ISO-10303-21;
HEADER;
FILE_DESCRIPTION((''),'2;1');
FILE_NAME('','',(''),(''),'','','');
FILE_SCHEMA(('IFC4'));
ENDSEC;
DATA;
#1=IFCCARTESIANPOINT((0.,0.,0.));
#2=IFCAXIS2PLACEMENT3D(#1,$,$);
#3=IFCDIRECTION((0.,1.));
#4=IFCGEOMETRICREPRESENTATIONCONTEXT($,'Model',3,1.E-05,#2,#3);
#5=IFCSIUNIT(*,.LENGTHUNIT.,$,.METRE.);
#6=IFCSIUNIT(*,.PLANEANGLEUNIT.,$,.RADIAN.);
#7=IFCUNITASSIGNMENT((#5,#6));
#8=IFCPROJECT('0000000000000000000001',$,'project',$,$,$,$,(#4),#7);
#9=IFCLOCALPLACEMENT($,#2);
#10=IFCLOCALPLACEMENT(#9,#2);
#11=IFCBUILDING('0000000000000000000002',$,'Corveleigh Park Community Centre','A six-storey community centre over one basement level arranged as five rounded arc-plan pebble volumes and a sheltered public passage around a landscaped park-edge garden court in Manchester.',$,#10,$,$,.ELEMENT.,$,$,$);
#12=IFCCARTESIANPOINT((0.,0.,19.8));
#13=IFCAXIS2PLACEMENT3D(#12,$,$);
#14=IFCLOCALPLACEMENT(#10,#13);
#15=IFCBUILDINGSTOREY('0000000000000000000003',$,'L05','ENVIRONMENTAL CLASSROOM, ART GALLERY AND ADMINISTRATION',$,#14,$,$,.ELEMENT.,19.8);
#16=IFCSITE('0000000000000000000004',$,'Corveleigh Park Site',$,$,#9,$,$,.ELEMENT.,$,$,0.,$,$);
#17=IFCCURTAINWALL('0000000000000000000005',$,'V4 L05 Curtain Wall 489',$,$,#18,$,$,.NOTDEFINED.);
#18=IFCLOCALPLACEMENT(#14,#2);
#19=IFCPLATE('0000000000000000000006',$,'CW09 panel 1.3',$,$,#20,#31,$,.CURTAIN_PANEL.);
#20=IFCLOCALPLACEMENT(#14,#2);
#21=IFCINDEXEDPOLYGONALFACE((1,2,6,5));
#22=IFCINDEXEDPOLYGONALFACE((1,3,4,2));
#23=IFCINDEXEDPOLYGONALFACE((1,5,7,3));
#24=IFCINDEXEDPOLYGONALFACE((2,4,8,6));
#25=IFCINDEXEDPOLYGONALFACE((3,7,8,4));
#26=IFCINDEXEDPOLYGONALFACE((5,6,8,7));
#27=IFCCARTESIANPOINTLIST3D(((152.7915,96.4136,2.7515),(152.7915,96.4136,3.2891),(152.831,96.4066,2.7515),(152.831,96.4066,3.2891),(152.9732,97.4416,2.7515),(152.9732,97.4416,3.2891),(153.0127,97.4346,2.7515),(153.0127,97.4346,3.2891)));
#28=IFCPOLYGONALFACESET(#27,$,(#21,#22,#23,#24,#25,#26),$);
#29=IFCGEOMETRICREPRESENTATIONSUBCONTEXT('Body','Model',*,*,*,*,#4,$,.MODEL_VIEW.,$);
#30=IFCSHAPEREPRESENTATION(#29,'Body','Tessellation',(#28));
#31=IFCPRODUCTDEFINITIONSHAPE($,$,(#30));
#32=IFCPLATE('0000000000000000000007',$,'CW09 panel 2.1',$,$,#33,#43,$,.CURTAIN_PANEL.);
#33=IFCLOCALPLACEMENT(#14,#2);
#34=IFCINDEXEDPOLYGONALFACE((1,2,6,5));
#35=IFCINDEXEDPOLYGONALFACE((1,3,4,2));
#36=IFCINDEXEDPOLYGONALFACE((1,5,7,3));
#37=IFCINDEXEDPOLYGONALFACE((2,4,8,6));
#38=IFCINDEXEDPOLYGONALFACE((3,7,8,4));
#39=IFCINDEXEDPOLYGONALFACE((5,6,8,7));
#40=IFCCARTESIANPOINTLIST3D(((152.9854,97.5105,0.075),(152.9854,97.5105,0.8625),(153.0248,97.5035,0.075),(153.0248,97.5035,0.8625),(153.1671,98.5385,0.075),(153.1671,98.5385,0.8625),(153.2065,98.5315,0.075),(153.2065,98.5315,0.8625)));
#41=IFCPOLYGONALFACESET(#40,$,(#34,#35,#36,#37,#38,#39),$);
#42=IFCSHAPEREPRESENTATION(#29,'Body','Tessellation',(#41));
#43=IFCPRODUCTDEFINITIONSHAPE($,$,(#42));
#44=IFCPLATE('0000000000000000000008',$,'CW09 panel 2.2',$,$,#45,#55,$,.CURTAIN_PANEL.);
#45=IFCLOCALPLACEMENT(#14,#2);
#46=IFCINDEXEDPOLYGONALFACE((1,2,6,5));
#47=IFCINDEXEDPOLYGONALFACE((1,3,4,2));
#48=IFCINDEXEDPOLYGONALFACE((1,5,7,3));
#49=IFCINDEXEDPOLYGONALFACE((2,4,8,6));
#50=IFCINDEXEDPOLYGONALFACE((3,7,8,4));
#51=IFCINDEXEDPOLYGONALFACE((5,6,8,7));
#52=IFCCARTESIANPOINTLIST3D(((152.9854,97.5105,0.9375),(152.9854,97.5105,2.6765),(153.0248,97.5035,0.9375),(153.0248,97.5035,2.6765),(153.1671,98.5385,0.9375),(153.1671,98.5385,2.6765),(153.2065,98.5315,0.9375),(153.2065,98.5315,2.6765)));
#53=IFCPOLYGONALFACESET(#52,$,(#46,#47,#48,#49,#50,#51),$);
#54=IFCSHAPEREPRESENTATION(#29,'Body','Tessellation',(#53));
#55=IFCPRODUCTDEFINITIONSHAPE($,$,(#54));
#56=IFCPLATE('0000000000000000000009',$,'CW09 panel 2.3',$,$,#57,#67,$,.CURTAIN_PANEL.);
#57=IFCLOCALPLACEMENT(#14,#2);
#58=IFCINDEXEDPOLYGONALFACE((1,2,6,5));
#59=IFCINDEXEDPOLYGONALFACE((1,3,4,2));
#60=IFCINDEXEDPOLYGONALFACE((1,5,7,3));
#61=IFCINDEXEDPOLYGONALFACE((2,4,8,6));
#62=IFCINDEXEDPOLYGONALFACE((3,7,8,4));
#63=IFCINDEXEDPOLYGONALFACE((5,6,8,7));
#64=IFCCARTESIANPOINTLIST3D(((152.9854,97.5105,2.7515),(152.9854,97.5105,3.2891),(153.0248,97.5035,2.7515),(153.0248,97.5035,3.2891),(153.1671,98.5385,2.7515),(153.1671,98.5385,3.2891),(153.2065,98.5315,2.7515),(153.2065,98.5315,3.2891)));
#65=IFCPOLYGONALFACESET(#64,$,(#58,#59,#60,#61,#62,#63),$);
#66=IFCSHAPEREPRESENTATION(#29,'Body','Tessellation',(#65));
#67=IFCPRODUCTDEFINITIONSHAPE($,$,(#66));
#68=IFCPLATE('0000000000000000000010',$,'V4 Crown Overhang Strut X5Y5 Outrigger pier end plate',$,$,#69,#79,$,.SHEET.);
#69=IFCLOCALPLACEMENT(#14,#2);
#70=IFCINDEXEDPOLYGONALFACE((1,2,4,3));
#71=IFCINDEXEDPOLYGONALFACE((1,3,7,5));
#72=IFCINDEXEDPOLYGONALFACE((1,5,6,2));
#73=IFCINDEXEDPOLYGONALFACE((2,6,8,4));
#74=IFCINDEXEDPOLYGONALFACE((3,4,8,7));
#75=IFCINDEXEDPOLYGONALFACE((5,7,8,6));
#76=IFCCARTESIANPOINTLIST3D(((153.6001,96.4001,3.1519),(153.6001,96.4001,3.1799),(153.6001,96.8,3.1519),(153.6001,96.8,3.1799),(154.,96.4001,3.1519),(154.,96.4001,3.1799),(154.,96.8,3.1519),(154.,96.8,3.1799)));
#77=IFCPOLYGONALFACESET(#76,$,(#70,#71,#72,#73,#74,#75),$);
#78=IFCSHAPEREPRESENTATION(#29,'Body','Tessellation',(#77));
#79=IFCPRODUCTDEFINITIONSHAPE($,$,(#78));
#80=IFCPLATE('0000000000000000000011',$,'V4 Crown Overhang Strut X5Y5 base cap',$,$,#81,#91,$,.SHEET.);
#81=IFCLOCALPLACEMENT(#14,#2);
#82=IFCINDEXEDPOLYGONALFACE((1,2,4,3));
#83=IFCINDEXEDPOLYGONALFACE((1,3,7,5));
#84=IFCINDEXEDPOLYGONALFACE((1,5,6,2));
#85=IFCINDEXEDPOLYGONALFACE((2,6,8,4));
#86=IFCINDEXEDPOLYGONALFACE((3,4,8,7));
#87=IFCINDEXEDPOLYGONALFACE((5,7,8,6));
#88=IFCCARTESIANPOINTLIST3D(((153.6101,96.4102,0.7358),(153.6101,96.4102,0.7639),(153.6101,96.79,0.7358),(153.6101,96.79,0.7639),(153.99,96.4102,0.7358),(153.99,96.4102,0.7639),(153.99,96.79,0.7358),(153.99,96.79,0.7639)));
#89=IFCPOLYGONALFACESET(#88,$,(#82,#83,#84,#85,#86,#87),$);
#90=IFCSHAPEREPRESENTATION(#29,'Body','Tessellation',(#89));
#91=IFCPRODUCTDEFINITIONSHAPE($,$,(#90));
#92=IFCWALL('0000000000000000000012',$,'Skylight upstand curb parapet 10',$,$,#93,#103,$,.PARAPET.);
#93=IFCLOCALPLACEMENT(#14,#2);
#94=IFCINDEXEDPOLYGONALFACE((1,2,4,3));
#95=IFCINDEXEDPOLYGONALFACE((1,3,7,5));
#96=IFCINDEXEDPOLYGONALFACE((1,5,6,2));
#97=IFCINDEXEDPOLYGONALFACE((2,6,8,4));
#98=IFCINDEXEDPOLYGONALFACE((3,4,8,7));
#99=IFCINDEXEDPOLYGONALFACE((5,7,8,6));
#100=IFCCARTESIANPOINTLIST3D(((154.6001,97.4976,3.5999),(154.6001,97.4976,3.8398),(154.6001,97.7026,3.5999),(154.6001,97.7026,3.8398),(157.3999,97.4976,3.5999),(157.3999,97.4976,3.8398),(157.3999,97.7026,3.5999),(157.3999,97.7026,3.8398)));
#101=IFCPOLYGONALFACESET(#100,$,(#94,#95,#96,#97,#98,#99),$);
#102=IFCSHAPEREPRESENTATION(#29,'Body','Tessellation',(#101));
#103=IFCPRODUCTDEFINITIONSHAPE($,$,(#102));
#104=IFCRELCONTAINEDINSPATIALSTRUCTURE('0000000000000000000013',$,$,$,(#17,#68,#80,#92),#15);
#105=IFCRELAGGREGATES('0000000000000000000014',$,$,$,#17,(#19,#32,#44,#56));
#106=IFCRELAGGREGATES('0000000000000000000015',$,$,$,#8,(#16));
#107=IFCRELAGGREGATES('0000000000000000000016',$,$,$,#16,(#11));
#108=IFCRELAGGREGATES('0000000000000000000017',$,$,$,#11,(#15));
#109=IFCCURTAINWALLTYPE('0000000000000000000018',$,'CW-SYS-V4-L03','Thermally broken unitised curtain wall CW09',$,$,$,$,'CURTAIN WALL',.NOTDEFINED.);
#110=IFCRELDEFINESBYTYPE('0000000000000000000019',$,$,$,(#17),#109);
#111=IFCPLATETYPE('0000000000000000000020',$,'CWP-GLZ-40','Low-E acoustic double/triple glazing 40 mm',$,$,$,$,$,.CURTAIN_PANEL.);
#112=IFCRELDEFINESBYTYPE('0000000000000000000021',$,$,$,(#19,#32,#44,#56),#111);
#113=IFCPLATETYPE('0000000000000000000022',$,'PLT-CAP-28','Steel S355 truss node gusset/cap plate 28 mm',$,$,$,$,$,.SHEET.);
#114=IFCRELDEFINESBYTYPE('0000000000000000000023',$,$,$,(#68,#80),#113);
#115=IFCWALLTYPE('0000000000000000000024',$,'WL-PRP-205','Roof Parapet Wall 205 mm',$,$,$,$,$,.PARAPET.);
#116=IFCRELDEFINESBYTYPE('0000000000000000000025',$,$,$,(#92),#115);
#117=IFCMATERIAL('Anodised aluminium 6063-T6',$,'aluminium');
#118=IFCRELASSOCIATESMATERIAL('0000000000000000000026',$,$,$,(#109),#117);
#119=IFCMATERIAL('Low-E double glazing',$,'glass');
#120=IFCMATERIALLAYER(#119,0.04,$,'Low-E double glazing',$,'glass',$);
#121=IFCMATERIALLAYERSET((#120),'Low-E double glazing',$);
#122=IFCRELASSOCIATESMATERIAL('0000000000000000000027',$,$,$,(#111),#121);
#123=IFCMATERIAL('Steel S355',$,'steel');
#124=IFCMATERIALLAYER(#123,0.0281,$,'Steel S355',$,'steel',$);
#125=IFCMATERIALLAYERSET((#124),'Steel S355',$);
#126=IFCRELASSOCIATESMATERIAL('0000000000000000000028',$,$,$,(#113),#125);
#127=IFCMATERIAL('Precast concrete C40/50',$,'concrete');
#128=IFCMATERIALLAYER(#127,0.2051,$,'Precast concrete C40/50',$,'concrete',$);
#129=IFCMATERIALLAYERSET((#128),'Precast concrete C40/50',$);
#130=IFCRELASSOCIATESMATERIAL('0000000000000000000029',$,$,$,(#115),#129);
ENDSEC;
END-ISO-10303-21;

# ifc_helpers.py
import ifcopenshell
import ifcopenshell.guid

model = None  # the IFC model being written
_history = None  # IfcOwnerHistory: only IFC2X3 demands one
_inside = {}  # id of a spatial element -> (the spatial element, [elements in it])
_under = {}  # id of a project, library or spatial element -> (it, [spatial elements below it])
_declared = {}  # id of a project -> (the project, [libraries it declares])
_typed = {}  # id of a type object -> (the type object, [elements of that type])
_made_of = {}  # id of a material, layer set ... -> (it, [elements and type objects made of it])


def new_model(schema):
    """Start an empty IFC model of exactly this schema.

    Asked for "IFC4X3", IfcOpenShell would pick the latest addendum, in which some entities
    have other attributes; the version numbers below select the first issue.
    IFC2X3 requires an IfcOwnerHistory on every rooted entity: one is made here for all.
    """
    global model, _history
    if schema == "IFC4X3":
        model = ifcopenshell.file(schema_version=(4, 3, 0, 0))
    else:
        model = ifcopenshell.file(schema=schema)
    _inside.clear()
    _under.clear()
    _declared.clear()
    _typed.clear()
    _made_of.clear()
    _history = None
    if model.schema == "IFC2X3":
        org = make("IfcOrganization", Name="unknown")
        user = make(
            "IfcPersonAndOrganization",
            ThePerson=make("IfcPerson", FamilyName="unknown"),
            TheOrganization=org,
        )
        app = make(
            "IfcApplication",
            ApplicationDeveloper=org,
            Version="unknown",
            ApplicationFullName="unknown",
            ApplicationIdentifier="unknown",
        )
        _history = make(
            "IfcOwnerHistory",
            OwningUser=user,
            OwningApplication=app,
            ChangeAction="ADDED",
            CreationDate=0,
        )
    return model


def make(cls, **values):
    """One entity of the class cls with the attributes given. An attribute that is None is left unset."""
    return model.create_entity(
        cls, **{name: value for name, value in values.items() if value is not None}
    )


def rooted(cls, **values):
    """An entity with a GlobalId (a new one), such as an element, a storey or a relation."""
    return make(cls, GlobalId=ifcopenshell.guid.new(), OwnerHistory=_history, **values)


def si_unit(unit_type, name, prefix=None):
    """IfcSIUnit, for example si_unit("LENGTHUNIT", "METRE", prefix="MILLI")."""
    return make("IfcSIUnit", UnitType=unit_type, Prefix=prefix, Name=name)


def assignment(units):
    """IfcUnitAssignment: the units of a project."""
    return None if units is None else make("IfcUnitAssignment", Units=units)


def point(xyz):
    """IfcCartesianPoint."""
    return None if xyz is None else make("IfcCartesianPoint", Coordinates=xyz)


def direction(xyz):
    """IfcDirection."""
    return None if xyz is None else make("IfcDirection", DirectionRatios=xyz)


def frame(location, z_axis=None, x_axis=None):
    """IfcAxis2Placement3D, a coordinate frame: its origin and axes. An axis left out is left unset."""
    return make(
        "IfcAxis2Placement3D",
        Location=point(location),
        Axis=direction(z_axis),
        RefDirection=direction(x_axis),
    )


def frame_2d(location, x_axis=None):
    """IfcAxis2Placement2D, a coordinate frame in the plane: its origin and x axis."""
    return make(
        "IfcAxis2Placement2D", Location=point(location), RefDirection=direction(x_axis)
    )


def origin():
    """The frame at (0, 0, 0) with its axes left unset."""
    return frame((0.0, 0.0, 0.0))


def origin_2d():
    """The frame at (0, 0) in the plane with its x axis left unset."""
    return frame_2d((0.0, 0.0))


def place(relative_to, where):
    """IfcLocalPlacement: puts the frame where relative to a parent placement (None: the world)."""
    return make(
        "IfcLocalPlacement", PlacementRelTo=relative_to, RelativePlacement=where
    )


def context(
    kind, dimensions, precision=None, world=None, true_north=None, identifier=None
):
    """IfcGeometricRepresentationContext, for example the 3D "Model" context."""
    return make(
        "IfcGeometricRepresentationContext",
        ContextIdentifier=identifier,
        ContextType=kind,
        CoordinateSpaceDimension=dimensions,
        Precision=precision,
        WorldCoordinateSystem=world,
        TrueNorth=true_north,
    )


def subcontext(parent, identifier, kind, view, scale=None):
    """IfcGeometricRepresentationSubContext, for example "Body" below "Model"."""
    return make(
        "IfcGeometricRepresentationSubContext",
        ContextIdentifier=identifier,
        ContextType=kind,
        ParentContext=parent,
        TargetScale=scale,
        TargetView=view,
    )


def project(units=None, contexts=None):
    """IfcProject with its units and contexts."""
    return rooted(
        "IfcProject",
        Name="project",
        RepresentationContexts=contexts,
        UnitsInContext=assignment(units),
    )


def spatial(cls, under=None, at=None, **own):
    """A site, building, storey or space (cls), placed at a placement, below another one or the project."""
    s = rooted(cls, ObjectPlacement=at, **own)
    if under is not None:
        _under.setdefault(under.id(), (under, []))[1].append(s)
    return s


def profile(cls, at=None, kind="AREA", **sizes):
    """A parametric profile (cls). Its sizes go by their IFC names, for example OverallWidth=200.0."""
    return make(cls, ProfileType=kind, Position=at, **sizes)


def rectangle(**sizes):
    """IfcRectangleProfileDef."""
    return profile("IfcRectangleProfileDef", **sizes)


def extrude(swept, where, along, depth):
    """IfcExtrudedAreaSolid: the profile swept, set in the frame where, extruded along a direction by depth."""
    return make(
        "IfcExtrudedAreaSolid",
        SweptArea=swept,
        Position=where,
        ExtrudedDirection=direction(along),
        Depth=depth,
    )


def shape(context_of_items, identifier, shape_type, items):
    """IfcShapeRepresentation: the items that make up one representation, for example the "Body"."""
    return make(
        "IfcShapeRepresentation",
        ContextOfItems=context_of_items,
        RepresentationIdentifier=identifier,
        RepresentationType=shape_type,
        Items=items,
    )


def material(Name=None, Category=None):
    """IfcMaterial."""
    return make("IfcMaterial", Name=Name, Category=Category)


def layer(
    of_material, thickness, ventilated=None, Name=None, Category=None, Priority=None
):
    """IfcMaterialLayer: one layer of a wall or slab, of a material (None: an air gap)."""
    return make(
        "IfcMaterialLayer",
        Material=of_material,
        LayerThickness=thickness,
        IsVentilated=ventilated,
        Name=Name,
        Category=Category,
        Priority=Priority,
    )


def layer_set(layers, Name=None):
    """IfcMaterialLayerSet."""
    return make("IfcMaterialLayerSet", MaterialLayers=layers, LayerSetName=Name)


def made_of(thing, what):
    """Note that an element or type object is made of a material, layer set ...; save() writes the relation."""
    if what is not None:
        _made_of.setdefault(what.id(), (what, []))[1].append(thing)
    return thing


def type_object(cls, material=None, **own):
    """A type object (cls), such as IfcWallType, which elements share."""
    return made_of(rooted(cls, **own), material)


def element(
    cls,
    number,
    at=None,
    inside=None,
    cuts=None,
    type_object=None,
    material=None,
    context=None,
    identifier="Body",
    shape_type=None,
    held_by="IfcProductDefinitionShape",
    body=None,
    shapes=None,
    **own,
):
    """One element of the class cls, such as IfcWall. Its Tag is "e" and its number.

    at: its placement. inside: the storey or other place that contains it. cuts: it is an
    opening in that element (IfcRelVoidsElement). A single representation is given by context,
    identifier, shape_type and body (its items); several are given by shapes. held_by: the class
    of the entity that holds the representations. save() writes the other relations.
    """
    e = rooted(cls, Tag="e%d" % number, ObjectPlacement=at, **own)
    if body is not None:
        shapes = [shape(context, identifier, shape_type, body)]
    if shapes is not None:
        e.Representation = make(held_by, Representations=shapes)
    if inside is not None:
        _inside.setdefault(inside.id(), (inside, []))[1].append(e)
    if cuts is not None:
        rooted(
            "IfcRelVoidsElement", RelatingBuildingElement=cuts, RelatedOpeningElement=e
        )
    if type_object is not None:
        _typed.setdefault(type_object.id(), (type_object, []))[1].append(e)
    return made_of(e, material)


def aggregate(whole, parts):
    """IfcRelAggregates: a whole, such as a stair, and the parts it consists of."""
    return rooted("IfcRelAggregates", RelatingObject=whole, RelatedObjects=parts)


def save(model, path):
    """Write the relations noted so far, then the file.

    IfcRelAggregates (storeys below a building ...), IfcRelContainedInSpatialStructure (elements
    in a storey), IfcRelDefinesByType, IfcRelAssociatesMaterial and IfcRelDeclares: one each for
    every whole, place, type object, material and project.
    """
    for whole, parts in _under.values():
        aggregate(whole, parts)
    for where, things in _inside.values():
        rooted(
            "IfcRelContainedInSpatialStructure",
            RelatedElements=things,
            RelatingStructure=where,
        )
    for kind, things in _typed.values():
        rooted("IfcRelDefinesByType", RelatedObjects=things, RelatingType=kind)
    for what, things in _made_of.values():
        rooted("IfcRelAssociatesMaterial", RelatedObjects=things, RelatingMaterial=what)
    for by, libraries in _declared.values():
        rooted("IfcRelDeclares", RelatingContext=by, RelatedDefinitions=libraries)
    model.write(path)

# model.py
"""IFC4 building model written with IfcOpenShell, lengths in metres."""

from ifc_helpers import new_model, si_unit, direction, frame, frame_2d, origin, origin_2d, place, context, subcontext, project, spatial, rectangle, extrude, material, layer, layer_set, type_object, element, aggregate, save


model = new_model("IFC4")

# Units and contexts
model_context = context("Model", 3, precision=1e-05, world=origin(), true_north=direction((0.0, 1.0)))
body_context = subcontext(model_context, "Body", "Model", "MODEL_VIEW")
ifc_project = project(units=[si_unit("LENGTHUNIT", "METRE"), si_unit("PLANEANGLEUNIT", "RADIAN")], contexts=[model_context])

# Site, building, storey
site_placement = place(None, origin())
site = spatial("IfcSite", under=ifc_project, at=site_placement, Name="Corveleigh Park Site", CompositionType="ELEMENT", RefElevation=0.0)
building_placement = place(site_placement, origin())
building = spatial("IfcBuilding", under=site, at=building_placement, Name="Corveleigh Park Community Centre", Description="A six-storey community centre over one basement level arranged as five rounded arc-plan pebble volumes and a sheltered public passage around a landscaped park-edge garden court in Manchester.", CompositionType="ELEMENT")
storey_placement = place(building_placement, frame((0.0, 0.0, 19.8)))
storey = spatial("IfcBuildingStorey", under=building, at=storey_placement, Name="L05", Description="ENVIRONMENTAL CLASSROOM, ART GALLERY AND ADMINISTRATION", CompositionType="ELEMENT", Elevation=19.8)

# Shared definitions
ifc_material_1 = material(Name="Steel S355", Category="steel")

# Curtain wall
ifc_material_2 = material(Name="Anodised aluminium 6063-T6", Category="aluminium")
curtain_wall_type = type_object("IfcCurtainWallType", Name="CW-SYS-V4-L03", Description="Thermally broken unitised curtain wall CW09", ElementType="CURTAIN WALL", PredefinedType="NOTDEFINED", material=ifc_material_2)
curtain_wall_placement = place(storey_placement, origin())
curtain_wall = element("IfcCurtainWall", 1, at=curtain_wall_placement, inside=storey, type_object=curtain_wall_type, Name="V4 L05 Curtain Wall 489", PredefinedType="NOTDEFINED")

# Plates
ifc_material_3 = material(Name="Low-E double glazing", Category="glass")
ifc_layer_1 = layer(ifc_material_3, 0.04, Name="Low-E double glazing", Category="glass")
ifc_layer_set_1 = layer_set([ifc_layer_1], Name="Low-E double glazing")
plate_type_1 = type_object("IfcPlateType", Name="CWP-GLZ-40", Description="Low-E acoustic double/triple glazing 40 mm", PredefinedType="CURTAIN_PANEL", material=ifc_layer_set_1)
plate_1_placement = place(storey_placement, frame((152.9021, 96.9241, 2.7515), z_axis=(0.0, 0.0, 1.0), x_axis=(0.174058, 0.984735, 0.0)))
plate_1 = element("IfcPlate", 2, at=plate_1_placement, type_object=plate_type_1, Name="CW09 panel 1.3", PredefinedType="CURTAIN_PANEL", context=body_context, shape_type="SweptSolid", body=[
    extrude(rectangle(XDim=1.0439, YDim=0.04, at=origin_2d()), origin(), (0.0, 0.0, 1.0), 0.5376),
])
plate_2_placement = place(storey_placement, frame((153.0959, 98.021, 0.075), z_axis=(0.0, 0.0, 1.0), x_axis=(0.174058, 0.984735, 0.0)))
plate_2 = element("IfcPlate", 3, at=plate_2_placement, type_object=plate_type_1, Name="CW09 panel 2.1", PredefinedType="CURTAIN_PANEL", context=body_context, shape_type="SweptSolid", body=[
    extrude(rectangle(XDim=1.0439, YDim=0.04, at=origin_2d()), origin(), (0.0, 0.0, 1.0), 0.7876),
])
plate_3_placement = place(storey_placement, frame((153.0959, 98.021, 0.9375), z_axis=(0.0, 0.0, 1.0), x_axis=(0.174058, 0.984735, 0.0)))
plate_3 = element("IfcPlate", 4, at=plate_3_placement, type_object=plate_type_1, Name="CW09 panel 2.2", PredefinedType="CURTAIN_PANEL", context=body_context, shape_type="SweptSolid", body=[
    extrude(rectangle(XDim=1.0439, YDim=0.04, at=origin_2d()), origin(), (0.0, 0.0, 1.0), 1.739),
])
plate_4_placement = place(storey_placement, frame((153.0959, 98.021, 2.7515), z_axis=(0.0, 0.0, 1.0), x_axis=(0.174058, 0.984735, 0.0)))
plate_4 = element("IfcPlate", 5, at=plate_4_placement, type_object=plate_type_1, Name="CW09 panel 2.3", PredefinedType="CURTAIN_PANEL", context=body_context, shape_type="SweptSolid", body=[
    extrude(rectangle(XDim=1.0439, YDim=0.04, at=origin_2d()), origin(), (0.0, 0.0, 1.0), 0.5376),
])
aggregate(curtain_wall, [plate_1, plate_2, plate_3, plate_4])

# Plates
ifc_layer_2 = layer(ifc_material_1, 0.0281, Name="Steel S355", Category="steel")
ifc_layer_set_2 = layer_set([ifc_layer_2], Name="Steel S355")
plate_type_2 = type_object("IfcPlateType", Name="PLT-CAP-28", Description="Steel S355 truss node gusset/cap plate 28 mm", PredefinedType="SHEET", material=ifc_layer_set_2)
plate_5_placement = place(storey_placement, frame((153.8, 96.6001, 3.1519), z_axis=(0.0, 0.0, 1.0), x_axis=(1.0, 0.0, 0.0)))
element("IfcPlate", 6, at=plate_5_placement, inside=storey, type_object=plate_type_2, Name="V4 Crown Overhang Strut X5Y5 Outrigger pier end plate", PredefinedType="SHEET", context=body_context, shape_type="SweptSolid", body=[
    extrude(rectangle(XDim=0.3999, YDim=0.3999, at=origin_2d()), origin(), (0.0, 0.0, 1.0), 0.0281),
])
plate_6_placement = place(storey_placement, frame((153.8, 96.6001, 0.7358), z_axis=(0.0, 0.0, 1.0), x_axis=(1.0, 0.0, 0.0)))
element("IfcPlate", 7, at=plate_6_placement, inside=storey, type_object=plate_type_2, Name="V4 Crown Overhang Strut X5Y5 base cap", PredefinedType="SHEET", context=body_context, shape_type="SweptSolid", body=[
    extrude(rectangle(XDim=0.3799, YDim=0.3799, at=origin_2d()), origin(), (0.0, 0.0, 1.0), 0.0281),
])

# Wall
ifc_material_4 = material(Name="Precast concrete C40/50", Category="concrete")
ifc_layer_3 = layer(ifc_material_4, 0.2051, Name="Precast concrete C40/50", Category="concrete")
ifc_layer_set_3 = layer_set([ifc_layer_3], Name="Precast concrete C40/50")
wall_type = type_object("IfcWallType", Name="WL-PRP-205", Description="Roof Parapet Wall 205 mm", PredefinedType="PARAPET", material=ifc_layer_set_3)
wall_placement = place(storey_placement, frame((157.3999, 97.6001, 3.5999), z_axis=(0.0, 0.0, 1.0), x_axis=(-1.0, 0.0, 0.0)))
element("IfcWall", 8, at=wall_placement, inside=storey, type_object=wall_type, Name="Skylight upstand curb parapet 10", PredefinedType="PARAPET", context=body_context, shape_type="SweptSolid", body=[
    extrude(rectangle(XDim=2.7998, YDim=0.2051, at=frame_2d((1.3999, 0.0))), origin(), (0.0, 0.0, 1.0), 0.24),
])

save(model, "model.ifc")
